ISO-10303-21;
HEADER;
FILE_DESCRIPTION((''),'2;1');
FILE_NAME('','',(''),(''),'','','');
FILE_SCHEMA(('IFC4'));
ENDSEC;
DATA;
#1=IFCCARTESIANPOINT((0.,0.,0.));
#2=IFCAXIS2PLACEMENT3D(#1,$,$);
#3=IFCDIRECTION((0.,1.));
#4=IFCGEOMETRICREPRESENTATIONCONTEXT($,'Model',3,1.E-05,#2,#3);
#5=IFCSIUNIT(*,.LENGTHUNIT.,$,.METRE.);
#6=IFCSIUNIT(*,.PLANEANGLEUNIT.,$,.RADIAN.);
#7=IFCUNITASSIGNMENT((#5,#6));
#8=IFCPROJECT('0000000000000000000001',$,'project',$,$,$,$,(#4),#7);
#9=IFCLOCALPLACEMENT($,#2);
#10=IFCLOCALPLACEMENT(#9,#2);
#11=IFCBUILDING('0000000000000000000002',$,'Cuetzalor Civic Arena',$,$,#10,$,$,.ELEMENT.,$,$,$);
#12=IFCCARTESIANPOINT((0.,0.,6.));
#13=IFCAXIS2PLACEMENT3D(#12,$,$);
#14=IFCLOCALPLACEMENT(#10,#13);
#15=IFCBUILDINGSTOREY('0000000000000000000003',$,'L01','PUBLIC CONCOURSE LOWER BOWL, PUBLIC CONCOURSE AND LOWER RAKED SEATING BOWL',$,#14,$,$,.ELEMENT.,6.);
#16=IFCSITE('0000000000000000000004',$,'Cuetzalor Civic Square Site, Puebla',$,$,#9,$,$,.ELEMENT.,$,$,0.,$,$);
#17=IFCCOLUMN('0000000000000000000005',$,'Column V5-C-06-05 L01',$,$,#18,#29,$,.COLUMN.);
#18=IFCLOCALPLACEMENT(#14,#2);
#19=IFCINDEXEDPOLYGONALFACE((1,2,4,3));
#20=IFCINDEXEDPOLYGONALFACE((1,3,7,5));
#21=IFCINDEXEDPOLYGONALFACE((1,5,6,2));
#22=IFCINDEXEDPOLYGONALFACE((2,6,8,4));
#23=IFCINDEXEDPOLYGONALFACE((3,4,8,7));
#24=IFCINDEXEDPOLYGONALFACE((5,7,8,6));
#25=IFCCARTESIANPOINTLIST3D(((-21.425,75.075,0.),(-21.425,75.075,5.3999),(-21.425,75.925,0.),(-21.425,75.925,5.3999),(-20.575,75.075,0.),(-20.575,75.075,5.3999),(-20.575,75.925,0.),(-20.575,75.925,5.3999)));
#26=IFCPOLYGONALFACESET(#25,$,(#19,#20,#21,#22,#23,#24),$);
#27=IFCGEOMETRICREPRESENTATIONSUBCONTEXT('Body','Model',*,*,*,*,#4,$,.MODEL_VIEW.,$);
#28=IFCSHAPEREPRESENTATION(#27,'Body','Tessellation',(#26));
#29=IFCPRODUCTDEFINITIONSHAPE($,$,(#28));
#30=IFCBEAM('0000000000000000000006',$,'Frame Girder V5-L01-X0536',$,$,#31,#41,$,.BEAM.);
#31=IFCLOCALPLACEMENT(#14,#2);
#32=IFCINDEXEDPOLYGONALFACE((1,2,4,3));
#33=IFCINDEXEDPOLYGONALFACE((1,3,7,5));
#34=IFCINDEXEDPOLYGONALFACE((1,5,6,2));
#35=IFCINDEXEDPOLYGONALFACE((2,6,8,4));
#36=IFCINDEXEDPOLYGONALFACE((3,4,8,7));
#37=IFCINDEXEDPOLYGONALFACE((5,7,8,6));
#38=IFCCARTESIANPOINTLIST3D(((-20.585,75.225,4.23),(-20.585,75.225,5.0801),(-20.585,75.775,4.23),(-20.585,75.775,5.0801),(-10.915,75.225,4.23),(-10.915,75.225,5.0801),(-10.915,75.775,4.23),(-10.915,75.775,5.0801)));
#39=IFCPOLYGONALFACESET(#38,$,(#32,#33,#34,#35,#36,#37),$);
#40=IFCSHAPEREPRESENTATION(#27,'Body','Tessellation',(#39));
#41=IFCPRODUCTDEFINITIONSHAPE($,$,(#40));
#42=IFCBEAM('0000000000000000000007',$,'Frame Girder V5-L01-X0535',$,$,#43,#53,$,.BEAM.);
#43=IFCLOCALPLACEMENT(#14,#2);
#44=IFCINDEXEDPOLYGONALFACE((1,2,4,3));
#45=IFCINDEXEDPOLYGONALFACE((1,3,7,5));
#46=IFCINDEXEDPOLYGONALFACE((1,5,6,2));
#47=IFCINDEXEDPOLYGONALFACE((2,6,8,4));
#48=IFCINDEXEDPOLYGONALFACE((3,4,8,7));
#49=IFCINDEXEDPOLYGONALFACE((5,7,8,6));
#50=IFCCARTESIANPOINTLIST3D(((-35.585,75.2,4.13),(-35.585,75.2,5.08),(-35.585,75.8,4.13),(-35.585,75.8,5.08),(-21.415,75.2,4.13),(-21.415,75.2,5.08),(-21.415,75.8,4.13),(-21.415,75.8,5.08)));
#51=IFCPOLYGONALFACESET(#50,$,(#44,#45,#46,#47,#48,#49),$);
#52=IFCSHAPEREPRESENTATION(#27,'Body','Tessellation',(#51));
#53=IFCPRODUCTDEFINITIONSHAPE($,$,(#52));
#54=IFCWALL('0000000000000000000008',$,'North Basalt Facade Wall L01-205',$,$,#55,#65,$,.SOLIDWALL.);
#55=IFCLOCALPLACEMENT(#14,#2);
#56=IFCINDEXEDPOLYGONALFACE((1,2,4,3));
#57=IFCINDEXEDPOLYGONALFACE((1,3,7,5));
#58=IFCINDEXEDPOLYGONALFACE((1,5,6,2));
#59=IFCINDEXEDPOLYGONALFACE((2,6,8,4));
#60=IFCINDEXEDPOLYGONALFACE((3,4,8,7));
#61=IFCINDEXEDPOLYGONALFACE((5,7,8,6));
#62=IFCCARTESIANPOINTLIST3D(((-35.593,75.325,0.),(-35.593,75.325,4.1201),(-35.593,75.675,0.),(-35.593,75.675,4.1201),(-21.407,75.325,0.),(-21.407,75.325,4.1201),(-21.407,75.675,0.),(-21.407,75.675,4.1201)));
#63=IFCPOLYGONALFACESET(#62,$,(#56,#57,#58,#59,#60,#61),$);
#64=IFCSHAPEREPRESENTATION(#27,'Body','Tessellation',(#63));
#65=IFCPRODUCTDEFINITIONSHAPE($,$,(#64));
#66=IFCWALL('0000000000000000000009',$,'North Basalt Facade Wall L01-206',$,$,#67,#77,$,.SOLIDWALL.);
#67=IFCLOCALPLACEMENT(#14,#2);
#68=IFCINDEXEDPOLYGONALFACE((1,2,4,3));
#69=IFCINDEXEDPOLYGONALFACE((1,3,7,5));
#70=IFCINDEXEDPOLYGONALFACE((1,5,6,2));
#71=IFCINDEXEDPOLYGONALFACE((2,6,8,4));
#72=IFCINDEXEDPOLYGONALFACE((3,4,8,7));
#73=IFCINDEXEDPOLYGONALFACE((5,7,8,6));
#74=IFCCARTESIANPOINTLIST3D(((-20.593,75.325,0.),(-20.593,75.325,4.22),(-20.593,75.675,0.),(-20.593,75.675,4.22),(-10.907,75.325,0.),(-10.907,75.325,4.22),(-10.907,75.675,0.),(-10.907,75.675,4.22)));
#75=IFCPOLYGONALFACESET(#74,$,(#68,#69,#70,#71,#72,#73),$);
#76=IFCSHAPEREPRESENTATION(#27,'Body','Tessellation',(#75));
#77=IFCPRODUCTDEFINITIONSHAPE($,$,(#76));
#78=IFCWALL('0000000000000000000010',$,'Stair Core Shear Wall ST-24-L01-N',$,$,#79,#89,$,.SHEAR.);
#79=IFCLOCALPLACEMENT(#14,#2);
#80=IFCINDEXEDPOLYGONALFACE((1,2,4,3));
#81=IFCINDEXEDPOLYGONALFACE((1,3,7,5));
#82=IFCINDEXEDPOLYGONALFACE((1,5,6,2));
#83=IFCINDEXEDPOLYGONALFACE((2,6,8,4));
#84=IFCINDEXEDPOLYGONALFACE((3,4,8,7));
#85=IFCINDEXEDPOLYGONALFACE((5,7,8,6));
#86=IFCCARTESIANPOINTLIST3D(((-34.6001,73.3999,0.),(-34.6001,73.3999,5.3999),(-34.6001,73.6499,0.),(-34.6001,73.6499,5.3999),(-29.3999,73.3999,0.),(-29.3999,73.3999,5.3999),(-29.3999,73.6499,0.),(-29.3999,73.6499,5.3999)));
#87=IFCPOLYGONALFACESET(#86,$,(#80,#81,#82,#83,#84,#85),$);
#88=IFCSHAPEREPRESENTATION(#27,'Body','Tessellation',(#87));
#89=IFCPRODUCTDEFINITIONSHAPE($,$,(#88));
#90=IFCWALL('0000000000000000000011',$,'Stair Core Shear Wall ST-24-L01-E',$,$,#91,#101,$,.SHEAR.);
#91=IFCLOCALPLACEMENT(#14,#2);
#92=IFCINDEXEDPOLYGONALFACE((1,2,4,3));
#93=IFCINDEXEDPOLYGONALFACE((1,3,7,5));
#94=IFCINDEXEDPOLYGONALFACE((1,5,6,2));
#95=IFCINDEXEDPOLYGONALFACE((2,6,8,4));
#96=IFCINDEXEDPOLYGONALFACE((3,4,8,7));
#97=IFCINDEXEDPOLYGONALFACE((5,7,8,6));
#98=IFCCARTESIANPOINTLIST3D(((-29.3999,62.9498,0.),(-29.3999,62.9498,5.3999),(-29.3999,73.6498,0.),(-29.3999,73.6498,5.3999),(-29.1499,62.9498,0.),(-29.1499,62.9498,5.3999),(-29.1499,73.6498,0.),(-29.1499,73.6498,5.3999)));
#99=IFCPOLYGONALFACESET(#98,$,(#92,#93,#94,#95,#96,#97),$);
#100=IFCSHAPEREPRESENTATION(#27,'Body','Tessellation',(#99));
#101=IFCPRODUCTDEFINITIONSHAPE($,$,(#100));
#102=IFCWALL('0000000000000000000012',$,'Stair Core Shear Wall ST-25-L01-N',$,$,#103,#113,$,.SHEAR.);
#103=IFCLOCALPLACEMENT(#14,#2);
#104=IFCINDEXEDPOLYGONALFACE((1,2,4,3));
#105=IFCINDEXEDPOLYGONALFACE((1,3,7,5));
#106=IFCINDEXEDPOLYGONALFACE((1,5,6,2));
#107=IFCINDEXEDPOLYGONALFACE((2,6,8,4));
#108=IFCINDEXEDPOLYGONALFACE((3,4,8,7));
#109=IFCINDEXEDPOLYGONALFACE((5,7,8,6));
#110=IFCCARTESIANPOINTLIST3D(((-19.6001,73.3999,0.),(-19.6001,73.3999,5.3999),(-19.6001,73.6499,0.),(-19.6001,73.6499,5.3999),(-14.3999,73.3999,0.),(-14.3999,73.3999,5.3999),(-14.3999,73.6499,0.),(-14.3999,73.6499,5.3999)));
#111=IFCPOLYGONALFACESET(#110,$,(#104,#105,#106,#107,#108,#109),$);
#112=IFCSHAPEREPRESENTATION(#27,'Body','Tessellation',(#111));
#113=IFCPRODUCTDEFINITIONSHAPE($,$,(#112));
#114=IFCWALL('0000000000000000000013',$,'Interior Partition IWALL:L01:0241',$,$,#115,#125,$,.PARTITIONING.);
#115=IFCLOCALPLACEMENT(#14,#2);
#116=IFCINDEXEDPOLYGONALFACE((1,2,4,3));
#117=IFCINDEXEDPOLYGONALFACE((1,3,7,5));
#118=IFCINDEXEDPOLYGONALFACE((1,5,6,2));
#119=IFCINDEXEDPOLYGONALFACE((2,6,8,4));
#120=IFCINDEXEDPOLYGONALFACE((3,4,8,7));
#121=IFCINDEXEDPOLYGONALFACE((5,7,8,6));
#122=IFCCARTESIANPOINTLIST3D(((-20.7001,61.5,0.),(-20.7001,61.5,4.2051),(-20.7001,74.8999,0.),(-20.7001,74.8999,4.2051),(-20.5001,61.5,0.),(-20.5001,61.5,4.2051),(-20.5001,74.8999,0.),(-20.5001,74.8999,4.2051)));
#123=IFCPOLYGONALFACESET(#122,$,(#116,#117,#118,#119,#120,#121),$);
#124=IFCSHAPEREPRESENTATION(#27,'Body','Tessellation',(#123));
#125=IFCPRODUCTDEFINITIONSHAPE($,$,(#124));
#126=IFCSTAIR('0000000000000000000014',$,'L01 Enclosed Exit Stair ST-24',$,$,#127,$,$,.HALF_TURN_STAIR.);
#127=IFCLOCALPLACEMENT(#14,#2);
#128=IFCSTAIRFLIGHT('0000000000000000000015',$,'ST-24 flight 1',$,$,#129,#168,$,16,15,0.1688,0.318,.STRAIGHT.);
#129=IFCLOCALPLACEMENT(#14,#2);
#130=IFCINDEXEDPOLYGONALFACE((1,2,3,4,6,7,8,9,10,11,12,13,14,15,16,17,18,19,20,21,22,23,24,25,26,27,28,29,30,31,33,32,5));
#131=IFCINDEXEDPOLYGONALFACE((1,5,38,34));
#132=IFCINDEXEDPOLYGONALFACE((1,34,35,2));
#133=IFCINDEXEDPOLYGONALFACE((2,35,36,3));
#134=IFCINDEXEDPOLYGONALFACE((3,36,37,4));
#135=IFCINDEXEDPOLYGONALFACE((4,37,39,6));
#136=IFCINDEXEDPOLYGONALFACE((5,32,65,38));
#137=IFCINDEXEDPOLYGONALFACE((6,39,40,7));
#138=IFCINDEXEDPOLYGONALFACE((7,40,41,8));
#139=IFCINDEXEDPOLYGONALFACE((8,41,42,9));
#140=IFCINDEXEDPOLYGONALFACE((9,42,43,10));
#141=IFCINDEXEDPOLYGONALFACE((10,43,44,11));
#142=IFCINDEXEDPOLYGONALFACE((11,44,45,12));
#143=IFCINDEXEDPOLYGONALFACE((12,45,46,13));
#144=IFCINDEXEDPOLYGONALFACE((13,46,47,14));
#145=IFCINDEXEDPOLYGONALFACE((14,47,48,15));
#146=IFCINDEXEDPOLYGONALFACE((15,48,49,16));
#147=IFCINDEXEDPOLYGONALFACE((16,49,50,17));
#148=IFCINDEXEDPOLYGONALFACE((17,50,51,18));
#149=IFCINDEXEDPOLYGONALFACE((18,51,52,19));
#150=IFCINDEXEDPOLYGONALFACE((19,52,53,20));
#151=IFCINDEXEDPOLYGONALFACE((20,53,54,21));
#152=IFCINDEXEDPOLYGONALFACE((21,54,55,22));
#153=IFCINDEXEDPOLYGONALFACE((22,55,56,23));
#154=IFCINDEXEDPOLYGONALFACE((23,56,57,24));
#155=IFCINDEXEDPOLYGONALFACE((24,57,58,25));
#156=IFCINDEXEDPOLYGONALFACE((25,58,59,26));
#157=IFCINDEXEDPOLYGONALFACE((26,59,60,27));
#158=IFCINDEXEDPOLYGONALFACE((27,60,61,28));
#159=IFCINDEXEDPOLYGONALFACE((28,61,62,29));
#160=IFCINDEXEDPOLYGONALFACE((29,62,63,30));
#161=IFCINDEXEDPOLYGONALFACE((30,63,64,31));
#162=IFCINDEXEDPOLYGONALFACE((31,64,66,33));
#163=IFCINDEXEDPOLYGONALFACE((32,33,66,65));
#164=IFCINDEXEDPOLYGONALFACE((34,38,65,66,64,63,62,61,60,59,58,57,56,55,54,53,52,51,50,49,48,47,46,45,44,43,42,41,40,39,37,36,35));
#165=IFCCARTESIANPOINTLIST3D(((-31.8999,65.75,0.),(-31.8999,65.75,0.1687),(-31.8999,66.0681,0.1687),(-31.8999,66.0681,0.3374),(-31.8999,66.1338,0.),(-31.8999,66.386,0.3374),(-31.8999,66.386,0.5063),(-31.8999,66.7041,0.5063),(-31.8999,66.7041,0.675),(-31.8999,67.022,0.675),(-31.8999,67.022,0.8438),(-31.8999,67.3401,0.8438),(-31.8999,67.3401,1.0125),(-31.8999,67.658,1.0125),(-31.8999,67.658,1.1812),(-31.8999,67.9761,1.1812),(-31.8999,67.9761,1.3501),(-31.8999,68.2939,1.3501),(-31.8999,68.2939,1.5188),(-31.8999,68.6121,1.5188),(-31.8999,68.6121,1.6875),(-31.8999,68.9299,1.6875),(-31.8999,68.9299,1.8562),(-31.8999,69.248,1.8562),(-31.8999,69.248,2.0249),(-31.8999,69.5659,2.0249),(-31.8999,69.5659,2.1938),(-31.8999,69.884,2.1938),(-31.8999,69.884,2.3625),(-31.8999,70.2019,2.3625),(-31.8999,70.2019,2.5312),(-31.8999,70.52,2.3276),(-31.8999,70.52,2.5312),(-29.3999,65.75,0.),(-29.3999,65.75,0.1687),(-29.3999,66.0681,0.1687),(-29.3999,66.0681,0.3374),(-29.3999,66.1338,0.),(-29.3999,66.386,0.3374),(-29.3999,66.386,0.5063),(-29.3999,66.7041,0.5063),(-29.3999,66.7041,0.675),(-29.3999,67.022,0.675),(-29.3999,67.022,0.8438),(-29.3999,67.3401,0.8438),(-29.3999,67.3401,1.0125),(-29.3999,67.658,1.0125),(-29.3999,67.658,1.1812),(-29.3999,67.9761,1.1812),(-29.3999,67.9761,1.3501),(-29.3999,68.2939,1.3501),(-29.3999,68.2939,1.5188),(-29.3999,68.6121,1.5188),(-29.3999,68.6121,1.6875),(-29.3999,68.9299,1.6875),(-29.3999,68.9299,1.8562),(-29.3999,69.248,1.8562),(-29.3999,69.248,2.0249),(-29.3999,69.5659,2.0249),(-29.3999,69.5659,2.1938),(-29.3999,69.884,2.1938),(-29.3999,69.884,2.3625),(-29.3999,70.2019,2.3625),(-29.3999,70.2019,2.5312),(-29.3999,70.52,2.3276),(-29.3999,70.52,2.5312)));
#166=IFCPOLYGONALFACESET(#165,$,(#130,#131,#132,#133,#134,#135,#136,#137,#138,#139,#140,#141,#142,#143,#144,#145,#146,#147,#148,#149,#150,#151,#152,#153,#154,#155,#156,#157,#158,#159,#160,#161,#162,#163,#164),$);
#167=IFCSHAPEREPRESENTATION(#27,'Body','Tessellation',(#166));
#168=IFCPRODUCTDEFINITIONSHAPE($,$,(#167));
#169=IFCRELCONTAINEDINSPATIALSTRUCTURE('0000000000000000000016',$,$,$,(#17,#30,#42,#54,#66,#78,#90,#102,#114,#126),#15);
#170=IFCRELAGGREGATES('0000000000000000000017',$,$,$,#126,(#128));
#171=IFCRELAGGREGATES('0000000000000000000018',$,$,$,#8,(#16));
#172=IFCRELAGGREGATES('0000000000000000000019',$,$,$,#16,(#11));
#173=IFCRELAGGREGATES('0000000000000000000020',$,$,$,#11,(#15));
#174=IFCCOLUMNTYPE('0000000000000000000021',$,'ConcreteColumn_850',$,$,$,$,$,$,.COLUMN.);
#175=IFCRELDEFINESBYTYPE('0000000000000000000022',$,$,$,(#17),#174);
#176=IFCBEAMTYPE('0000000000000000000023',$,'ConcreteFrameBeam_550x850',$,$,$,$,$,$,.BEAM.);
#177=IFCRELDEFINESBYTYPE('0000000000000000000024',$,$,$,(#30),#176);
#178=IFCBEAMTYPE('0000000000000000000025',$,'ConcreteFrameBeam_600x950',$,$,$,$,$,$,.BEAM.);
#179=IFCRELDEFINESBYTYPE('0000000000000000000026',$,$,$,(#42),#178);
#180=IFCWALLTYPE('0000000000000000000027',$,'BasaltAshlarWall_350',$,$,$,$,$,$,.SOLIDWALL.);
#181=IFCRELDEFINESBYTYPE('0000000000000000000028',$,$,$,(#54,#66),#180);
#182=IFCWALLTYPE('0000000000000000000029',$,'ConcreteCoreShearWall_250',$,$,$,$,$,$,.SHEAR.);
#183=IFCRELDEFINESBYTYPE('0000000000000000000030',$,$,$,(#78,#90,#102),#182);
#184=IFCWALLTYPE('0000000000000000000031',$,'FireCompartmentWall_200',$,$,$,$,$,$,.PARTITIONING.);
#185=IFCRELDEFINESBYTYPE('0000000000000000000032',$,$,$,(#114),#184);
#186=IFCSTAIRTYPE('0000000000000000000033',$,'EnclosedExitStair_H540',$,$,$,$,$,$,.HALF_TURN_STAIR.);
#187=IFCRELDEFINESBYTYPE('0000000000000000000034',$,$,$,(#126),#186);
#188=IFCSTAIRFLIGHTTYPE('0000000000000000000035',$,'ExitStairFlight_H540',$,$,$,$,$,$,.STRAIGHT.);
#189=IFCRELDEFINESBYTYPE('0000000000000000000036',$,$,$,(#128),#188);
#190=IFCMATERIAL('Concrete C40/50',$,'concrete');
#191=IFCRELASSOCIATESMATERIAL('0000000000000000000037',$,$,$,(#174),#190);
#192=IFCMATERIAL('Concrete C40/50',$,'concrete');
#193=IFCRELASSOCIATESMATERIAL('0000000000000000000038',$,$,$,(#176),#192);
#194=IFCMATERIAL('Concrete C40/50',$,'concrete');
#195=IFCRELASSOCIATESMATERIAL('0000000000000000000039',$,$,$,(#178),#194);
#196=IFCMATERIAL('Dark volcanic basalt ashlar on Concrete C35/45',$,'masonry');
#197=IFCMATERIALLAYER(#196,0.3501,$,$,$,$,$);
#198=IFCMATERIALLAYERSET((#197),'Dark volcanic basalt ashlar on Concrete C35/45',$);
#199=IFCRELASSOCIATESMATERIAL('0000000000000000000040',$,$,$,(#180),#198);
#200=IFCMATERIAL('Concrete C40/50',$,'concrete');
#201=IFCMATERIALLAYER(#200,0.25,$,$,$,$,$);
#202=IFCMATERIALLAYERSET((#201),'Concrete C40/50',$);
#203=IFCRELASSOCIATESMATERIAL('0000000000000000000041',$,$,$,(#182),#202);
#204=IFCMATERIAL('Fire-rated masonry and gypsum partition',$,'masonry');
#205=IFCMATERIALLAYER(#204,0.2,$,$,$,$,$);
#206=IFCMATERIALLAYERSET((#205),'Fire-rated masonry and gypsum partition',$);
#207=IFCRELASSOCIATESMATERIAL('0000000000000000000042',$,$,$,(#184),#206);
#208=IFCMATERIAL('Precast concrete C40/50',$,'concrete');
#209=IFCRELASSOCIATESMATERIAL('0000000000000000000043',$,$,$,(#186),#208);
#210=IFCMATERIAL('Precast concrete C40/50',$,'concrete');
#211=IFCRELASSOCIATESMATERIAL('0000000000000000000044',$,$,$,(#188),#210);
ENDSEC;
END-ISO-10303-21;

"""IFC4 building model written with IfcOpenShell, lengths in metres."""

from ifc_helpers import new_model, si_unit, direction, frame, frame_2d, origin, origin_2d, place, context, subcontext, project, spatial, polyline, rectangle, outline, extrude, material, layer, layer_set, material_profile, profile_set, type_object, element, aggregate, save


model = new_model("IFC4")

# Units and contexts
model_context = context("Model", 3, precision=1e-05, world=origin(), true_north=direction((0.0, 1.0)))
body_context = subcontext(model_context, "Body", "Model", "MODEL_VIEW")
ifc_project = project(units=[si_unit("LENGTHUNIT", "METRE"), si_unit("PLANEANGLEUNIT", "RADIAN")], contexts=[model_context])

# Site, building, storey
site_placement = place(None, origin())
site = spatial("IfcSite", under=ifc_project, at=site_placement, Name="Cuetzalor Civic Square Site, Puebla", CompositionType="ELEMENT", RefElevation=0.0)
building_placement = place(site_placement, origin())
building = spatial("IfcBuilding", under=site, at=building_placement, Name="Cuetzalor Civic Arena", CompositionType="ELEMENT")
storey_placement = place(building_placement, frame((0.0, 0.0, 6.0)))
storey = spatial("IfcBuildingStorey", under=building, at=storey_placement, Name="L01", Description="PUBLIC CONCOURSE LOWER BOWL, PUBLIC CONCOURSE AND LOWER RAKED SEATING BOWL", CompositionType="ELEMENT", Elevation=6.0)

# Column
ifc_material_1 = material(Name="Concrete C40/50", Category="concrete")
ifc_material_profile_1 = material_profile(ifc_material_1, rectangle(XDim=0.8501, YDim=0.8501, at=origin_2d()), Name="RC 850x850")
ifc_profile_set_1 = profile_set([ifc_material_profile_1], Name="Concrete C40/50")
column_type = type_object("IfcColumnType", Name="ConcreteColumn_850", PredefinedType="COLUMN", material=ifc_profile_set_1)
column_placement = place(storey_placement, frame((-21.0, 75.5, 0.0), z_axis=(0.0, 0.0, 1.0), x_axis=(1.0, 0.0, 0.0)))
element("IfcColumn", 1, at=column_placement, inside=storey, type_object=column_type, Name="Column V5-C-06-05 L01", PredefinedType="COLUMN", context=body_context, shape_type="SweptSolid", body=[
    extrude(rectangle(XDim=0.8501, YDim=0.8501, at=origin_2d()), origin(), (0.0, 0.0, 1.0), 5.3999),
])

# Beams
ifc_material_2 = material(Name="Concrete C40/50", Category="concrete")
ifc_material_profile_2 = material_profile(ifc_material_2, rectangle(XDim=0.55, YDim=0.8501, at=origin_2d()), Name="RC 550x850")
ifc_profile_set_2 = profile_set([ifc_material_profile_2], Name="Concrete C40/50")
beam_type_1 = type_object("IfcBeamType", Name="ConcreteFrameBeam_550x850", PredefinedType="BEAM", material=ifc_profile_set_2)
beam_1_placement = place(storey_placement, frame((-20.585, 75.5, 4.655), z_axis=(1.0, 0.0, 0.0), x_axis=(0.0, 1.0, 0.0)))
element("IfcBeam", 2, at=beam_1_placement, inside=storey, type_object=beam_type_1, Name="Frame Girder V5-L01-X0536", PredefinedType="BEAM", context=body_context, shape_type="SweptSolid", body=[
    extrude(rectangle(XDim=0.55, YDim=0.8501, at=origin_2d()), origin(), (0.0, 0.0, 1.0), 9.6699),
])
ifc_material_3 = material(Name="Concrete C40/50", Category="concrete")
ifc_material_profile_3 = material_profile(ifc_material_3, rectangle(XDim=0.6001, YDim=0.95, at=origin_2d()), Name="RC 600x950")
ifc_profile_set_3 = profile_set([ifc_material_profile_3], Name="Concrete C40/50")
beam_type_2 = type_object("IfcBeamType", Name="ConcreteFrameBeam_600x950", PredefinedType="BEAM", material=ifc_profile_set_3)
beam_2_placement = place(storey_placement, frame((-35.585, 75.5, 4.605), z_axis=(1.0, 0.0, 0.0), x_axis=(0.0, 1.0, 0.0)))
element("IfcBeam", 3, at=beam_2_placement, inside=storey, type_object=beam_type_2, Name="Frame Girder V5-L01-X0535", PredefinedType="BEAM", context=body_context, shape_type="SweptSolid", body=[
    extrude(rectangle(XDim=0.6001, YDim=0.95, at=origin_2d()), origin(), (0.0, 0.0, 1.0), 14.1699),
])

# Walls
ifc_material_4 = material(Name="Dark volcanic basalt ashlar on Concrete C35/45", Category="masonry")
ifc_layer_1 = layer(ifc_material_4, 0.3501)
ifc_layer_set_1 = layer_set([ifc_layer_1], Name="Dark volcanic basalt ashlar on Concrete C35/45")
wall_type_1 = type_object("IfcWallType", Name="BasaltAshlarWall_350", PredefinedType="SOLIDWALL", material=ifc_layer_set_1)
wall_1_placement = place(storey_placement, frame((-35.593, 75.5, 0.0), z_axis=(0.0, 0.0, 1.0), x_axis=(1.0, 0.0, 0.0)))
element("IfcWall", 4, at=wall_1_placement, inside=storey, type_object=wall_type_1, Name="North Basalt Facade Wall L01-205", PredefinedType="SOLIDWALL", context=body_context, shape_type="SweptSolid", body=[
    extrude(rectangle(XDim=14.186, YDim=0.3501, at=frame_2d((7.093, 0.0))), origin(), (0.0, 0.0, 1.0), 4.1201),
])
wall_2_placement = place(storey_placement, frame((-20.593, 75.5, 0.0), z_axis=(0.0, 0.0, 1.0), x_axis=(1.0, 0.0, 0.0)))
element("IfcWall", 5, at=wall_2_placement, inside=storey, type_object=wall_type_1, Name="North Basalt Facade Wall L01-206", PredefinedType="SOLIDWALL", context=body_context, shape_type="SweptSolid", body=[
    extrude(rectangle(XDim=9.686, YDim=0.3501, at=frame_2d((4.843, 0.0))), origin(), (0.0, 0.0, 1.0), 4.22),
])
ifc_material_5 = material(Name="Concrete C40/50", Category="concrete")
ifc_layer_2 = layer(ifc_material_5, 0.25)
ifc_layer_set_2 = layer_set([ifc_layer_2], Name="Concrete C40/50")
wall_type_2 = type_object("IfcWallType", Name="ConcreteCoreShearWall_250", PredefinedType="SHEAR", material=ifc_layer_set_2)
wall_3_placement = place(storey_placement, frame((-34.6001, 73.5249, 0.0), z_axis=(0.0, 0.0, 1.0), x_axis=(1.0, 0.0, 0.0)))
element("IfcWall", 6, at=wall_3_placement, inside=storey, type_object=wall_type_2, Name="Stair Core Shear Wall ST-24-L01-N", PredefinedType="SHEAR", context=body_context, shape_type="SweptSolid", body=[
    extrude(rectangle(XDim=5.2002, YDim=0.25, at=frame_2d((2.6001, 0.0))), origin(), (0.0, 0.0, 1.0), 5.3999),
])
wall_4_placement = place(storey_placement, frame((-29.2749, 73.6499, 0.0), z_axis=(0.0, 0.0, 1.0), x_axis=(0.0, -1.0, 0.0)))
element("IfcWall", 7, at=wall_4_placement, inside=storey, type_object=wall_type_2, Name="Stair Core Shear Wall ST-24-L01-E", PredefinedType="SHEAR", context=body_context, shape_type="SweptSolid", body=[
    extrude(rectangle(XDim=10.7, YDim=0.25, at=frame_2d((5.3501, 0.0))), origin(), (0.0, 0.0, 1.0), 5.3999),
])
wall_5_placement = place(storey_placement, frame((-19.6001, 73.5249, 0.0), z_axis=(0.0, 0.0, 1.0), x_axis=(1.0, 0.0, 0.0)))
element("IfcWall", 8, at=wall_5_placement, inside=storey, type_object=wall_type_2, Name="Stair Core Shear Wall ST-25-L01-N", PredefinedType="SHEAR", context=body_context, shape_type="SweptSolid", body=[
    extrude(rectangle(XDim=5.2002, YDim=0.25, at=frame_2d((2.6001, 0.0))), origin(), (0.0, 0.0, 1.0), 5.3999),
])
ifc_material_6 = material(Name="Fire-rated masonry and gypsum partition", Category="masonry")
ifc_layer_3 = layer(ifc_material_6, 0.2)
ifc_layer_set_3 = layer_set([ifc_layer_3], Name="Fire-rated masonry and gypsum partition")
wall_type_3 = type_object("IfcWallType", Name="FireCompartmentWall_200", PredefinedType="PARTITIONING", material=ifc_layer_set_3)
wall_6_placement = place(storey_placement, frame((-20.6001, 74.8999, 0.0), z_axis=(0.0, 0.0, 1.0), x_axis=(0.0, -1.0, 0.0)))
element("IfcWall", 9, at=wall_6_placement, inside=storey, type_object=wall_type_3, Name="Interior Partition IWALL:L01:0241", PredefinedType="PARTITIONING", context=body_context, shape_type="SweptSolid", body=[
    extrude(rectangle(XDim=13.3999, YDim=0.2, at=frame_2d((6.7, 0.0))), origin(), (0.0, 0.0, 1.0), 4.2051),
])

# Stair, stair flight
ifc_material_7 = material(Name="Precast concrete C40/50", Category="concrete")
stair_type = type_object("IfcStairType", Name="EnclosedExitStair_H540", PredefinedType="HALF_TURN_STAIR", material=ifc_material_7)
stair_1_placement = place(storey_placement, origin())
stair_1 = element("IfcStair", 10, at=stair_1_placement, inside=storey, type_object=stair_type, Name="L01 Enclosed Exit Stair ST-24", PredefinedType="HALF_TURN_STAIR")
ifc_material_8 = material(Name="Precast concrete C40/50", Category="concrete")
stair_flight_type = type_object("IfcStairFlightType", Name="ExitStairFlight_H540", PredefinedType="STRAIGHT", material=ifc_material_8)
stair_flight_1_placement = place(storey_placement, frame((-30.6499, 65.75, 0.0), z_axis=(0.0, 0.0, 1.0), x_axis=(0.0, 1.0, 0.0)))
stair_flight_1 = element("IfcStairFlight", 11, at=stair_flight_1_placement, type_object=stair_flight_type, Name="ST-24 flight 1", NumberOfRisers=16, NumberOfTreads=15, PredefinedType="STRAIGHT", RiserHeight=0.1688, TreadLength=0.318, context=body_context, shape_type="SweptSolid", body=[
    extrude(outline(polyline([(0.0, 0.0), (0.0, 0.1687), (0.3181, 0.1687), (0.3181, 0.3374), (0.636, 0.3374), (0.636, 0.5063), (0.9541, 0.5063), (0.9541, 0.675), (1.272, 0.675), (1.272, 0.8438), (1.5901, 0.8438), (1.5901, 1.0125), (1.908, 1.0125), (1.908, 1.1812), (2.2261, 1.1812), (2.2261, 1.3501), (2.5439, 1.3501), (2.5439, 1.5188), (2.8621, 1.5188), (2.8621, 1.6875), (3.1799, 1.6875), (3.1799, 1.8562), (3.498, 1.8562), (3.498, 2.0249), (3.8159, 2.0249), (3.8159, 2.1938), (4.134, 2.1938), (4.134, 2.3625), (4.4519, 2.3625), (4.4519, 2.5312), (4.77, 2.5312), (4.77, 2.7), (4.77, 2.3276), (0.3838, 0.0), (0.0, 0.0)])), frame((0.0, 1.25, 0.0), z_axis=(0.0, -1.0, 0.0), x_axis=(1.0, 0.0, 0.0)), (0.0, 0.0, 1.0), 2.5),
])
aggregate(stair_1, [stair_flight_1])

save(model, "model.ifc")
